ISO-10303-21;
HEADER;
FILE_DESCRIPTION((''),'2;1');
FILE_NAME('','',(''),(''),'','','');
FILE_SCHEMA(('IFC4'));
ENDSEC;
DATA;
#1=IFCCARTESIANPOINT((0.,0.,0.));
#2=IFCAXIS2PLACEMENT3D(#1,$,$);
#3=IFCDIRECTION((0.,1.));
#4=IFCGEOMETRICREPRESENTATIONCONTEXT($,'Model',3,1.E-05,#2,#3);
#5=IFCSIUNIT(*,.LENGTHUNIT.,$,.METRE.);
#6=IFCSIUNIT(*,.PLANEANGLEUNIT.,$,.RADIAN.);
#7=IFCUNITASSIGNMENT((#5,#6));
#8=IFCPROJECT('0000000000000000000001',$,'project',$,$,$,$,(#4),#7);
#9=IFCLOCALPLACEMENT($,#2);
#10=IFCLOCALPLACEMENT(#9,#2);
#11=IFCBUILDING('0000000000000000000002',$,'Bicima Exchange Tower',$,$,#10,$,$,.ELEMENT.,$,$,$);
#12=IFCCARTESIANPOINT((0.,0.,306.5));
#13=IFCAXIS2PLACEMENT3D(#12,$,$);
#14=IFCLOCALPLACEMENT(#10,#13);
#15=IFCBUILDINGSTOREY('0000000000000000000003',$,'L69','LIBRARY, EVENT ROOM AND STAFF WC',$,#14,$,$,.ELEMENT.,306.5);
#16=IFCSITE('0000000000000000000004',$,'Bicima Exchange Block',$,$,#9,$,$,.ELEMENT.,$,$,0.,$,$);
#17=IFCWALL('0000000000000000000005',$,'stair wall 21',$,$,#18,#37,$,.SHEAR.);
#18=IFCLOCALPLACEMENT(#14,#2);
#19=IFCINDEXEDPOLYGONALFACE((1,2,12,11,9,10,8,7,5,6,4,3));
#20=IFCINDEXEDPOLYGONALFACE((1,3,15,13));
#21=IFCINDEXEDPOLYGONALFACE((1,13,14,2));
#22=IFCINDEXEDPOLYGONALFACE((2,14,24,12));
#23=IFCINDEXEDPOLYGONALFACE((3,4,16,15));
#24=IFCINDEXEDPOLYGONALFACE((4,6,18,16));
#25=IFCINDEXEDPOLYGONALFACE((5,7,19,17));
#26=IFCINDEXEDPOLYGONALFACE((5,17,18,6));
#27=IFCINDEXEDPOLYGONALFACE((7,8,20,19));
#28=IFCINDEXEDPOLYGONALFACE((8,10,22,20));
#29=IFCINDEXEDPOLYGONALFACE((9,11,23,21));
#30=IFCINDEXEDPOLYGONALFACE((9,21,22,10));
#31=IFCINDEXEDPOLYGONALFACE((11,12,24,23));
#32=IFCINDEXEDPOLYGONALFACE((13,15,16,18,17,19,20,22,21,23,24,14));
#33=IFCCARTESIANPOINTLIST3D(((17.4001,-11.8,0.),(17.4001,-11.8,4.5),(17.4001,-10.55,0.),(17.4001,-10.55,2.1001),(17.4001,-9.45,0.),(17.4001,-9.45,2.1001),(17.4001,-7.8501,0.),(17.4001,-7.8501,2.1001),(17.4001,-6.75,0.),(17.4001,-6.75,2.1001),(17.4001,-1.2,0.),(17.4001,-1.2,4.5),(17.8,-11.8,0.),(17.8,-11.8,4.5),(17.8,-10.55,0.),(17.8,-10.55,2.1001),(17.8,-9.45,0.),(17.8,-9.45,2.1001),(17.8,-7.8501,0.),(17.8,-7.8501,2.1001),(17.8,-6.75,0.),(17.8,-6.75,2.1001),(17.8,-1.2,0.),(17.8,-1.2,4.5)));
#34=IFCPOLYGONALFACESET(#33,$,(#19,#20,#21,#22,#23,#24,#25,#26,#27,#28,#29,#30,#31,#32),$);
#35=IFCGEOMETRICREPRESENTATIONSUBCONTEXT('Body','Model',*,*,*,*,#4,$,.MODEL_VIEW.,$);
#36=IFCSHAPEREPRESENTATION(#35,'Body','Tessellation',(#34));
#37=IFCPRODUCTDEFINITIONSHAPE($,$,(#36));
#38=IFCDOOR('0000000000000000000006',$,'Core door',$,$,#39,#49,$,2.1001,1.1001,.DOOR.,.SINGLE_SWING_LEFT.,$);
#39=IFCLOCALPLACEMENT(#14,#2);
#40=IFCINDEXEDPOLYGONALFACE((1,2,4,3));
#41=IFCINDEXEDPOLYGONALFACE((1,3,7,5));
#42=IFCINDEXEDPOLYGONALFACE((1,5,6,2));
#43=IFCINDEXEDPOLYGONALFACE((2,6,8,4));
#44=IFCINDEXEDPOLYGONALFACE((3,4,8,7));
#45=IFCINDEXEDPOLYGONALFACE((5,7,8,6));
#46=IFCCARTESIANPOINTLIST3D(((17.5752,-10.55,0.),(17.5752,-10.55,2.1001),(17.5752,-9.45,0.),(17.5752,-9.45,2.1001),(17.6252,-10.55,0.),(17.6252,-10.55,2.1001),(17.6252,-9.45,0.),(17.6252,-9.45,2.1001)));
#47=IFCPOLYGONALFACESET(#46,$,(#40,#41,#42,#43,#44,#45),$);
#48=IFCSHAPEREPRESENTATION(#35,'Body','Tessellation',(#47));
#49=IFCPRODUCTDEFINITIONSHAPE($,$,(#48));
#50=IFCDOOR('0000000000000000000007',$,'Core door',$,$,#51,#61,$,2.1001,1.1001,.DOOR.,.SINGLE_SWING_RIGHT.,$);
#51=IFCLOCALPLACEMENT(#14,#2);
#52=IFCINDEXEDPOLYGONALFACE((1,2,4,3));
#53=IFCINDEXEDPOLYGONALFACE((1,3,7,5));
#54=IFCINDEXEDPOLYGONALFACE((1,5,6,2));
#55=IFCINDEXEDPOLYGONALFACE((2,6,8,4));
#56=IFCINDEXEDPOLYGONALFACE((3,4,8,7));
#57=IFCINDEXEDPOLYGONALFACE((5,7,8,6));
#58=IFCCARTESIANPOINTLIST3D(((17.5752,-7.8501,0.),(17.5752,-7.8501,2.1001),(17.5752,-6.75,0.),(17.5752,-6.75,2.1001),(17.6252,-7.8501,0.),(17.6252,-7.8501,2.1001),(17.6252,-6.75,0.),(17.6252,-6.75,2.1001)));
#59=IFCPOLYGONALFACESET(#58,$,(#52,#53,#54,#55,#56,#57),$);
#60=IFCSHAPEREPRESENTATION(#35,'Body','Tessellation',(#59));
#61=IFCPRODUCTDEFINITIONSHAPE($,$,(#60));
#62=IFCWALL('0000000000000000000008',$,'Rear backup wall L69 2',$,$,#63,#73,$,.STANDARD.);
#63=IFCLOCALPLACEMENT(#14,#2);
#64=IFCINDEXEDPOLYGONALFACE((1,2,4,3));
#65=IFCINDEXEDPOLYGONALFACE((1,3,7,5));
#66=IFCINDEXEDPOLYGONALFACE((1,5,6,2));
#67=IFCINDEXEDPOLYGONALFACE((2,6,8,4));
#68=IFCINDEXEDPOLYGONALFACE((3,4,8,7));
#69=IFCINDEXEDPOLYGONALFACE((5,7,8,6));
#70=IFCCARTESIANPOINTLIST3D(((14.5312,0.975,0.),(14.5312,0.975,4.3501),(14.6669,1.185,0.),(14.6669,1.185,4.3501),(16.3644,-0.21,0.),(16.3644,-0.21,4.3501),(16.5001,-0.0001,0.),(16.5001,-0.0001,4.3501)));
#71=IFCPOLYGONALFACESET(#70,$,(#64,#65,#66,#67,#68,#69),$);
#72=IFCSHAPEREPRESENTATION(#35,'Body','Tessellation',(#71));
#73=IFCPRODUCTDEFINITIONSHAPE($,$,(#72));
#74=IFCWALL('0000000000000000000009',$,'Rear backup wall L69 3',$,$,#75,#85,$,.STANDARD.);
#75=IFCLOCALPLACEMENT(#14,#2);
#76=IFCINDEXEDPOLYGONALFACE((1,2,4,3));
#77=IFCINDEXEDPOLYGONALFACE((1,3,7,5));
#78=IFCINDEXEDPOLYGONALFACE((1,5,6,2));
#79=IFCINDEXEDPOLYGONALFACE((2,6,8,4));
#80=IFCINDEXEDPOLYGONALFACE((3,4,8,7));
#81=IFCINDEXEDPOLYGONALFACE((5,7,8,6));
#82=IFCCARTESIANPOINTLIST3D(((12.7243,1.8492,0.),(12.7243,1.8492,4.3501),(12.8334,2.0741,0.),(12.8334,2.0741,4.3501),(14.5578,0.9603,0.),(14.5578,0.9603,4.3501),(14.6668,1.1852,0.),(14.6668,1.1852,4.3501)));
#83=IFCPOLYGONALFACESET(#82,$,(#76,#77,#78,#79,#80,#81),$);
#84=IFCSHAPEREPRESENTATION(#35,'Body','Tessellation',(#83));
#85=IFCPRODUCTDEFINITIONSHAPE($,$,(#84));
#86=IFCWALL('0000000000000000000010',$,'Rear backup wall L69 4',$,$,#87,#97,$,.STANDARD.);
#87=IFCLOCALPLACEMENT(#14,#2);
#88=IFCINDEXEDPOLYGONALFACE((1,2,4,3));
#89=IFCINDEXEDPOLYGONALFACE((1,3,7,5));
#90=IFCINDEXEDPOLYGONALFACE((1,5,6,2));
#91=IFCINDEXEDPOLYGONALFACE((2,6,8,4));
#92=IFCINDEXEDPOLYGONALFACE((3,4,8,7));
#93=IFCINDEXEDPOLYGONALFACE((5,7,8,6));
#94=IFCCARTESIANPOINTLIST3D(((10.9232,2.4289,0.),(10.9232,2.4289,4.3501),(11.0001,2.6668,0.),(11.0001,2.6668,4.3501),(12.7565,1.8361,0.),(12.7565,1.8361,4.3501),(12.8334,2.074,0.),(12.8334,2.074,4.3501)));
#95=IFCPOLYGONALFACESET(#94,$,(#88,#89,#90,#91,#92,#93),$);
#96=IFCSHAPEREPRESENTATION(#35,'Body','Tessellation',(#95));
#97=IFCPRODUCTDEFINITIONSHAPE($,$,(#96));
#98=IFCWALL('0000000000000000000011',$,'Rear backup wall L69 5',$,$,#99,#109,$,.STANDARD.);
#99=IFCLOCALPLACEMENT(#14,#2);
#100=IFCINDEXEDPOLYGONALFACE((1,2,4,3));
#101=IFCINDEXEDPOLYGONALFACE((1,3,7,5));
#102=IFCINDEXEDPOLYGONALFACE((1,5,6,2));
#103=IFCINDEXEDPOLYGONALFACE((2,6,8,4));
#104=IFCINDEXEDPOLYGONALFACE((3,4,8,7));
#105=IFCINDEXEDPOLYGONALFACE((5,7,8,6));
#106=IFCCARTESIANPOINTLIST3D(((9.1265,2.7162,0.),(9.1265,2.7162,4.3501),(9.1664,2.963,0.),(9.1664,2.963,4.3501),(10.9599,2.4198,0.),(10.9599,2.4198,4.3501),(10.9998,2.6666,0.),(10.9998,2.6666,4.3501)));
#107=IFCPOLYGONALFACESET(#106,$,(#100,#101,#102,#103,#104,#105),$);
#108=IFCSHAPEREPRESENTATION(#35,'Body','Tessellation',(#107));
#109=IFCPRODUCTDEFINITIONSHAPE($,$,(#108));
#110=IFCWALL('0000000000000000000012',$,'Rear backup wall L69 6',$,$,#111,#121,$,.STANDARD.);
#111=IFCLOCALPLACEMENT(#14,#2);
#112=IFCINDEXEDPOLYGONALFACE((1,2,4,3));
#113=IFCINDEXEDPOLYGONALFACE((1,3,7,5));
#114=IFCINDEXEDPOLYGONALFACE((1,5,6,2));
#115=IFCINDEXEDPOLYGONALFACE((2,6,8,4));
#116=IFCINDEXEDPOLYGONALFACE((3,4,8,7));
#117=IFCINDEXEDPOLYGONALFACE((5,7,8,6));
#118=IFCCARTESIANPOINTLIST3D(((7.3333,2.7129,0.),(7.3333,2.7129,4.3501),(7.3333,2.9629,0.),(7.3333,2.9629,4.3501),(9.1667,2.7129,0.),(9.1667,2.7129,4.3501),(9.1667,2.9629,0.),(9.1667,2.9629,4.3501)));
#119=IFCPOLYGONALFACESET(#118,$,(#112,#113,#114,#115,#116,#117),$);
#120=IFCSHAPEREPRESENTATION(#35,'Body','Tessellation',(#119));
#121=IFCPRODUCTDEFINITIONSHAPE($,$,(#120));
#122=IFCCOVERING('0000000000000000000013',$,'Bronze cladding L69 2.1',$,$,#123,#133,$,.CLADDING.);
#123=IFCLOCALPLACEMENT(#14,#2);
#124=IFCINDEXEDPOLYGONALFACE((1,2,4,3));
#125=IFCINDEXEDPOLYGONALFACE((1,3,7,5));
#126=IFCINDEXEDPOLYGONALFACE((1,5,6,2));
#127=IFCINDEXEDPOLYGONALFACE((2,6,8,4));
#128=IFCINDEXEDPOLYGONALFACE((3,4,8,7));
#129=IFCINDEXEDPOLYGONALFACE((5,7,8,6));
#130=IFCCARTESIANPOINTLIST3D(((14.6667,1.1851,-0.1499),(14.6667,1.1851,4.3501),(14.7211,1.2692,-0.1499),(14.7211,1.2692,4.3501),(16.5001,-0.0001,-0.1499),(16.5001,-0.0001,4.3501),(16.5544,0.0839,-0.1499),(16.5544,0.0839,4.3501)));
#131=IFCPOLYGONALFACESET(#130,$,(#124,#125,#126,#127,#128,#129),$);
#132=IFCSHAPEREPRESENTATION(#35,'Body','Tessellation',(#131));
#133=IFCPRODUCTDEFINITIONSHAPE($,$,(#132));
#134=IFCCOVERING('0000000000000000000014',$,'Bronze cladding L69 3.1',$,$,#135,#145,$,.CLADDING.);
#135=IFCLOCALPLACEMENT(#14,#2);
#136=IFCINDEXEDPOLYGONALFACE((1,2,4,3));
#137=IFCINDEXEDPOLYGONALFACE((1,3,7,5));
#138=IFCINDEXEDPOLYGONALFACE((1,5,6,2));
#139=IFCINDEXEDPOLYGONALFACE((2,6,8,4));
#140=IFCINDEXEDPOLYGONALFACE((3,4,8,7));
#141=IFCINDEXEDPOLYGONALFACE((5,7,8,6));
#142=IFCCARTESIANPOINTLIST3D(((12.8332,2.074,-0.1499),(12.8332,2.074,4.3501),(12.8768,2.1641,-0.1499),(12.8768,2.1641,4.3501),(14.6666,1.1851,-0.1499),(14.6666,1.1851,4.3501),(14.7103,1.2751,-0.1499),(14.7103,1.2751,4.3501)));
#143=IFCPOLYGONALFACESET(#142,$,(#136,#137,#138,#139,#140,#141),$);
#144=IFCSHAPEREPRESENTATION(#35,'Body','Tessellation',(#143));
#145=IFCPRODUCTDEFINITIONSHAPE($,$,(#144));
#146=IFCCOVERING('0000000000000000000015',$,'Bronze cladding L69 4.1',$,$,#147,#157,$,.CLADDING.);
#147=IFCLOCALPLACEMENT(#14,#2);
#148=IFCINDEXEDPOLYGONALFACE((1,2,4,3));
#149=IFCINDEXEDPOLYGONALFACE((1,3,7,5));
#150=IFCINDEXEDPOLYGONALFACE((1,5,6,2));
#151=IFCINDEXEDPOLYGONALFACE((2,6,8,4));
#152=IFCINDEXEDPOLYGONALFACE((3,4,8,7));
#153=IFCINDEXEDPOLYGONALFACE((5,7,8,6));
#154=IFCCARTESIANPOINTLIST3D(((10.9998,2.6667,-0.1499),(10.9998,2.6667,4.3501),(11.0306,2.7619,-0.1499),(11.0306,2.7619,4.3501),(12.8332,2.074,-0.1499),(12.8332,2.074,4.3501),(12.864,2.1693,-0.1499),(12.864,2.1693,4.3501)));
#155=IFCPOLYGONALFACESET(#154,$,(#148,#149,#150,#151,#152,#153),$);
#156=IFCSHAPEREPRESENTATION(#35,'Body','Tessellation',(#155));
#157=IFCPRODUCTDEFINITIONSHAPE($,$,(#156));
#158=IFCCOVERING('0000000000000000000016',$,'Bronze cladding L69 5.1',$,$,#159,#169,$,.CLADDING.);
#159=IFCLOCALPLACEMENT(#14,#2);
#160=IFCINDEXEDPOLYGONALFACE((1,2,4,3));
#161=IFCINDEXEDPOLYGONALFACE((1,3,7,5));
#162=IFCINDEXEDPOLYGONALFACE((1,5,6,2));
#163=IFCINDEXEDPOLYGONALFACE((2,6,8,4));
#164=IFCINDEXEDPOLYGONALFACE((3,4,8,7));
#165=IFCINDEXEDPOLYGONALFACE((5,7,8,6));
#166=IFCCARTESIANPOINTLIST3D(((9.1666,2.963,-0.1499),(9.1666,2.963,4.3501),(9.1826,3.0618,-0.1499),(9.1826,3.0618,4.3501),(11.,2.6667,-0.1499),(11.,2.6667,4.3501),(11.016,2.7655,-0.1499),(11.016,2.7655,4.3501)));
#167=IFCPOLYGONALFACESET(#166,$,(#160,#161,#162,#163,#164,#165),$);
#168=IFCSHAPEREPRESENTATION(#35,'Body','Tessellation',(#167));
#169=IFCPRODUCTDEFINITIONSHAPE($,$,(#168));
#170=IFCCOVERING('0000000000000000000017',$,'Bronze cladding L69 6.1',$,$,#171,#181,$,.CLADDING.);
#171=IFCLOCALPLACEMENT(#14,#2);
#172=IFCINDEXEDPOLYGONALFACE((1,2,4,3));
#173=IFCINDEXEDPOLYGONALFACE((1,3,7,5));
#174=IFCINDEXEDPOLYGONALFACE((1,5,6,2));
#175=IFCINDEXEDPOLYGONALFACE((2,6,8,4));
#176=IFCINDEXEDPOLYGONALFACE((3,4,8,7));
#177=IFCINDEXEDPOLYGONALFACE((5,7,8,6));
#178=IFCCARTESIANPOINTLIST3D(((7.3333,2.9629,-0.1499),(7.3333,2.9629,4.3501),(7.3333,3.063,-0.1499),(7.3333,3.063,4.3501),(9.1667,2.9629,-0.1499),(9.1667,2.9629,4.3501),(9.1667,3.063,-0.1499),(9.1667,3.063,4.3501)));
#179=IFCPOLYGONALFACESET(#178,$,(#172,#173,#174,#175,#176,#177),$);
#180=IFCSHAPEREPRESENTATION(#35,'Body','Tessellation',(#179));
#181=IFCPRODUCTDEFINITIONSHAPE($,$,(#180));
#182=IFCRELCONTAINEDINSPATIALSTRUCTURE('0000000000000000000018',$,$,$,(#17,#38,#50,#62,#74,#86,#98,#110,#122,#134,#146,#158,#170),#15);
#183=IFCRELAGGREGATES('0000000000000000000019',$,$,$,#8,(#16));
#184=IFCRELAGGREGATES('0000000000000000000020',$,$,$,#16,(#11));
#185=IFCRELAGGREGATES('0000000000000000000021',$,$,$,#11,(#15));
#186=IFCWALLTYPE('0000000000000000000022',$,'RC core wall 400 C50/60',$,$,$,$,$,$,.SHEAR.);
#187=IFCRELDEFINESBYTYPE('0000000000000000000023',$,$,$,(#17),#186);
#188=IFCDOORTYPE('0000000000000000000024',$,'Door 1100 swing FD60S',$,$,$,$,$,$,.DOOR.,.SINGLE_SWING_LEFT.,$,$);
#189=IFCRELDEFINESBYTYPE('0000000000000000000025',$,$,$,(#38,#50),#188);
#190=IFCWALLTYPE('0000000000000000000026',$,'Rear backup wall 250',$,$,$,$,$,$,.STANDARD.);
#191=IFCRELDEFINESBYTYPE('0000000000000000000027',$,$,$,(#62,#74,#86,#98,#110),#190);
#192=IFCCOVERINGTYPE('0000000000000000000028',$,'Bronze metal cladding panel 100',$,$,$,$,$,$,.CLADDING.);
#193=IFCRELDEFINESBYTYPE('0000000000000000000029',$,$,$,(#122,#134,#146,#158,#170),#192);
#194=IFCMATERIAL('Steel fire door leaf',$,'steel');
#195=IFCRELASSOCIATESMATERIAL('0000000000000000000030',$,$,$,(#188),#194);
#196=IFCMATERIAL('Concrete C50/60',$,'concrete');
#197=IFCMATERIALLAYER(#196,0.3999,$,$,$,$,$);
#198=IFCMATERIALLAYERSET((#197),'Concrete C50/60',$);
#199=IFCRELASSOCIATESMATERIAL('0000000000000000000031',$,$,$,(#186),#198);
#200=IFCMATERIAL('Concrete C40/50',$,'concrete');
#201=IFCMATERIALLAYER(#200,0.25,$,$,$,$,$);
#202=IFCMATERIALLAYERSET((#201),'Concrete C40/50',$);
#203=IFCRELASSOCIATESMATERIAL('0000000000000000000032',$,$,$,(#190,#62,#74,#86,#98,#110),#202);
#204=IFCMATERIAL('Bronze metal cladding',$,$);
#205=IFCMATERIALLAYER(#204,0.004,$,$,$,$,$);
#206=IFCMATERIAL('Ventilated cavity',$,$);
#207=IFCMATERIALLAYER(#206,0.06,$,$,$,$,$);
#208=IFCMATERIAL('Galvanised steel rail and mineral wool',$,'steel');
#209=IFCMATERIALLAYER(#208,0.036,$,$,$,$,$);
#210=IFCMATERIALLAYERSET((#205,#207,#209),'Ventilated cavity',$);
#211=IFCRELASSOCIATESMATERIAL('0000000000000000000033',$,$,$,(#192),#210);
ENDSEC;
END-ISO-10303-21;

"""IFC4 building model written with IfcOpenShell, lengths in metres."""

from ifc_helpers import new_model, si_unit, direction, frame, frame_2d, origin, origin_2d, place, context, subcontext, project, spatial, rectangle, extrude, material, layer, layer_set, layer_usage, type_object, element, fill, save


model = new_model("IFC4")

# Units and contexts
model_context = context("Model", 3, precision=1e-05, world=origin(), true_north=direction((0.0, 1.0)))
body_context = subcontext(model_context, "Body", "Model", "MODEL_VIEW")
ifc_project = project(units=[si_unit("LENGTHUNIT", "METRE"), si_unit("PLANEANGLEUNIT", "RADIAN")], contexts=[model_context])

# Site, building, storey
site_placement = place(None, origin())
site = spatial("IfcSite", under=ifc_project, at=site_placement, Name="Bicima Exchange Block", CompositionType="ELEMENT", RefElevation=0.0)
building_placement = place(site_placement, origin())
building = spatial("IfcBuilding", under=site, at=building_placement, Name="Bicima Exchange Tower", CompositionType="ELEMENT")
storey_placement = place(building_placement, frame((0.0, 0.0, 306.5)))
storey = spatial("IfcBuildingStorey", under=building, at=storey_placement, Name="L69", Description="LIBRARY, EVENT ROOM AND STAFF WC", CompositionType="ELEMENT", Elevation=306.5)

# Shared definitions
ifc_material_1 = material(Name="Concrete C40/50", Category="concrete")
ifc_material_2 = material(Name="Steel fire door leaf", Category="steel")
door_type_1 = type_object("IfcDoorType", Name="Door 1100 swing FD60S", OperationType="SINGLE_SWING_LEFT", PredefinedType="DOOR", material=ifc_material_2)
ifc_material_3 = material(Name="Concrete C50/60", Category="concrete")
ifc_layer_1 = layer(ifc_material_3, 0.3999)
ifc_layer_set_1 = layer_set([ifc_layer_1], Name="Concrete C50/60")
wall_type_1 = type_object("IfcWallType", Name="RC core wall 400 C50/60", PredefinedType="SHEAR", material=ifc_layer_set_1)

# Wall, openings, doors
wall_1_placement = place(storey_placement, frame((17.6001, -11.8, 0.0), z_axis=(0.0, 0.0, 1.0), x_axis=(0.0, 1.0, 0.0)))
wall_1 = element("IfcWall", 1, at=wall_1_placement, inside=storey, type_object=wall_type_1, Name="stair wall 21", PredefinedType="SHEAR", context=body_context, shape_type="SweptSolid", body=[
    extrude(rectangle(XDim=10.6001, YDim=0.3999, at=frame_2d((5.3, 0.0))), origin(), (0.0, 0.0, 1.0), 4.5),
])
opening_1_placement = place(wall_1_placement, frame((1.25, 0.0, 0.0)))
opening_1 = element("IfcOpeningElement", 2, at=opening_1_placement, cuts=wall_1, PredefinedType="OPENING", context=body_context, shape_type="SweptSolid", body=[
    extrude(rectangle(XDim=1.1001, YDim=2.1001, at=frame_2d((0.55, 1.05))), frame((0.0, 0.2119, 0.0), z_axis=(0.0, -1.0, 0.0), x_axis=(1.0, 0.0, 0.0)), (0.0, 0.0, 1.0), 0.4238),
])
opening_2_placement = place(wall_1_placement, frame((3.95, 0.0, 0.0)))
opening_2 = element("IfcOpeningElement", 3, at=opening_2_placement, cuts=wall_1, PredefinedType="OPENING", context=body_context, shape_type="SweptSolid", body=[
    extrude(rectangle(XDim=1.1001, YDim=2.1001, at=frame_2d((0.55, 1.05))), frame((0.0, 0.2119, 0.0), z_axis=(0.0, -1.0, 0.0), x_axis=(1.0, 0.0, 0.0)), (0.0, 0.0, 1.0), 0.4238),
])
door_1_placement = place(opening_1_placement, origin())
door_1 = element("IfcDoor", 4, at=door_1_placement, inside=storey, type_object=door_type_1, Name="Core door", OperationType="SINGLE_SWING_LEFT", OverallHeight=2.1001, OverallWidth=1.1001, PredefinedType="DOOR", context=body_context, shape_type="SweptSolid", body=[
    extrude(rectangle(XDim=1.1001, YDim=2.1001, at=frame_2d((0.55, 1.05))), frame((0.0, 0.0249, 0.0), z_axis=(0.0, -1.0, 0.0), x_axis=(1.0, 0.0, 0.0)), (0.0, 0.0, 1.0), 0.05),
])
fill(opening_1, door_1)
door_2_placement = place(opening_2_placement, origin())
door_2 = element("IfcDoor", 5, at=door_2_placement, inside=storey, type_object=door_type_1, Name="Core door", OperationType="SINGLE_SWING_RIGHT", OverallHeight=2.1001, OverallWidth=1.1001, PredefinedType="DOOR", context=body_context, shape_type="SweptSolid", body=[
    extrude(rectangle(XDim=1.1001, YDim=2.1001, at=frame_2d((0.55, 1.05))), frame((0.0, 0.0249, 0.0), z_axis=(0.0, -1.0, 0.0), x_axis=(1.0, 0.0, 0.0)), (0.0, 0.0, 1.0), 0.05),
])
fill(opening_2, door_2)

# Walls
ifc_layer_2 = layer(ifc_material_1, 0.25)
ifc_layer_set_2 = layer_set([ifc_layer_2], Name="Concrete C40/50")
ifc_layer_usage = layer_usage(ifc_layer_set_2, "AXIS2", "POSITIVE", -0.125)
wall_type_2 = type_object("IfcWallType", Name="Rear backup wall 250", PredefinedType="STANDARD", material=ifc_layer_set_2)
wall_2_placement = place(storey_placement, frame((16.4321, -0.105, 0.0), z_axis=(0.0, 0.0, 1.0), x_axis=(-0.839813, 0.542876, 0.0)))
element("IfcWall", 6, at=wall_2_placement, inside=storey, type_object=wall_type_2, material=ifc_layer_usage, Name="Rear backup wall L69 2", PredefinedType="STANDARD", context=body_context, shape_type="SweptSolid", body=[
    extrude(rectangle(XDim=2.1829, YDim=0.25, at=frame_2d((1.0913, 0.0))), origin(), (0.0, 0.0, 1.0), 4.3501),
])
wall_3_placement = place(storey_placement, frame((14.6123, 1.0728, 0.0), z_axis=(0.0, 0.0, 1.0), x_axis=(-0.899824, 0.436253, 0.0)))
element("IfcWall", 7, at=wall_3_placement, inside=storey, type_object=wall_type_2, material=ifc_layer_usage, Name="Rear backup wall L69 3", PredefinedType="STANDARD", context=body_context, shape_type="SweptSolid", body=[
    extrude(rectangle(XDim=2.0376, YDim=0.25, at=frame_2d((1.0188, 0.0))), origin(), (0.0, 0.0, 1.0), 4.3501),
])
wall_4_placement = place(storey_placement, frame((12.7949, 1.9551, 0.0), z_axis=(0.0, 0.0, 1.0), x_axis=(-0.951496, 0.307662, 0.0)))
element("IfcWall", 8, at=wall_4_placement, inside=storey, type_object=wall_type_2, material=ifc_layer_usage, Name="Rear backup wall L69 4", PredefinedType="STANDARD", context=body_context, shape_type="SweptSolid", body=[
    extrude(rectangle(XDim=1.9268, YDim=0.25, at=frame_2d((0.9634, 0.0))), origin(), (0.0, 0.0, 1.0), 4.3501),
])
wall_5_placement = place(storey_placement, frame((10.98, 2.5432, 0.0), z_axis=(0.0, 0.0, 1.0), x_axis=(-0.987182, 0.1596, 0.0)))
element("IfcWall", 9, at=wall_5_placement, inside=storey, type_object=wall_type_2, material=ifc_layer_usage, Name="Rear backup wall L69 5", PredefinedType="STANDARD", context=body_context, shape_type="SweptSolid", body=[
    extrude(rectangle(XDim=1.8572, YDim=0.25, at=frame_2d((0.9287, 0.0))), origin(), (0.0, 0.0, 1.0), 4.3501),
])
wall_6_placement = place(storey_placement, frame((9.1667, 2.8379, 0.0), z_axis=(0.0, 0.0, 1.0), x_axis=(-1.0, 0.0, 0.0)))
element("IfcWall", 10, at=wall_6_placement, inside=storey, type_object=wall_type_2, material=ifc_layer_usage, Name="Rear backup wall L69 6", PredefinedType="STANDARD", context=body_context, shape_type="SweptSolid", body=[
    extrude(rectangle(XDim=1.8335, YDim=0.25, at=frame_2d((0.9167, 0.0))), origin(), (0.0, 0.0, 1.0), 4.3501),
])

# Coverings
ifc_material_4 = material(Name="Bronze metal cladding")
ifc_layer_3 = layer(ifc_material_4, 0.004)
ifc_material_5 = material(Name="Ventilated cavity")
ifc_layer_4 = layer(ifc_material_5, 0.06)
ifc_material_6 = material(Name="Galvanised steel rail and mineral wool", Category="steel")
ifc_layer_5 = layer(ifc_material_6, 0.036)
ifc_layer_set_3 = layer_set([ifc_layer_3, ifc_layer_4, ifc_layer_5], Name="Ventilated cavity")
covering_type = type_object("IfcCoveringType", Name="Bronze metal cladding panel 100", PredefinedType="CLADDING", material=ifc_layer_set_3)
covering_1_placement = place(storey_placement, frame((15.6106, 0.6345, -0.1499), z_axis=(0.0, 0.0, 1.0), x_axis=(-0.83979, 0.542911, 0.0)))
element("IfcCovering", 11, at=covering_1_placement, inside=storey, type_object=covering_type, Name="Bronze cladding L69 2.1", PredefinedType="CLADDING", context=body_context, shape_type="SweptSolid", body=[
    extrude(rectangle(XDim=2.1831, YDim=0.1001, at=origin_2d()), origin(), (0.0, 0.0, 1.0), 4.5),
])
covering_2_placement = place(storey_placement, frame((13.7717, 1.6746, -0.1499), z_axis=(0.0, 0.0, 1.0), x_axis=(-0.899818, 0.436265, 0.0)))
element("IfcCovering", 12, at=covering_2_placement, inside=storey, type_object=covering_type, Name="Bronze cladding L69 3.1", PredefinedType="CLADDING", context=body_context, shape_type="SweptSolid", body=[
    extrude(rectangle(XDim=2.0376, YDim=0.1001, at=origin_2d()), origin(), (0.0, 0.0, 1.0), 4.5),
])
covering_3_placement = place(storey_placement, frame((11.9319, 2.418, -0.1499), z_axis=(0.0, 0.0, 1.0), x_axis=(-0.951525, 0.307573, 0.0)))
element("IfcCovering", 13, at=covering_3_placement, inside=storey, type_object=covering_type, Name="Bronze cladding L69 4.1", PredefinedType="CLADDING", context=body_context, shape_type="SweptSolid", body=[
    extrude(rectangle(XDim=1.9268, YDim=0.1001, at=origin_2d()), origin(), (0.0, 0.0, 1.0), 4.5),
])
covering_4_placement = place(storey_placement, frame((10.0913, 2.8643, -0.1499), z_axis=(0.0, 0.0, 1.0), x_axis=(-0.98719, 0.15955, 0.0)))
element("IfcCovering", 14, at=covering_4_placement, inside=storey, type_object=covering_type, Name="Bronze cladding L69 5.1", PredefinedType="CLADDING", context=body_context, shape_type="SweptSolid", body=[
    extrude(rectangle(XDim=1.8572, YDim=0.1001, at=origin_2d()), origin(), (0.0, 0.0, 1.0), 4.5),
])
covering_5_placement = place(storey_placement, frame((8.25, 3.0129, -0.1499), z_axis=(0.0, 0.0, 1.0), x_axis=(-1.0, 0.0, 0.0)))
element("IfcCovering", 15, at=covering_5_placement, inside=storey, type_object=covering_type, Name="Bronze cladding L69 6.1", PredefinedType="CLADDING", context=body_context, shape_type="SweptSolid", body=[
    extrude(rectangle(XDim=1.8335, YDim=0.1001, at=origin_2d()), origin(), (0.0, 0.0, 1.0), 4.5),
])

save(model, "model.ifc")
